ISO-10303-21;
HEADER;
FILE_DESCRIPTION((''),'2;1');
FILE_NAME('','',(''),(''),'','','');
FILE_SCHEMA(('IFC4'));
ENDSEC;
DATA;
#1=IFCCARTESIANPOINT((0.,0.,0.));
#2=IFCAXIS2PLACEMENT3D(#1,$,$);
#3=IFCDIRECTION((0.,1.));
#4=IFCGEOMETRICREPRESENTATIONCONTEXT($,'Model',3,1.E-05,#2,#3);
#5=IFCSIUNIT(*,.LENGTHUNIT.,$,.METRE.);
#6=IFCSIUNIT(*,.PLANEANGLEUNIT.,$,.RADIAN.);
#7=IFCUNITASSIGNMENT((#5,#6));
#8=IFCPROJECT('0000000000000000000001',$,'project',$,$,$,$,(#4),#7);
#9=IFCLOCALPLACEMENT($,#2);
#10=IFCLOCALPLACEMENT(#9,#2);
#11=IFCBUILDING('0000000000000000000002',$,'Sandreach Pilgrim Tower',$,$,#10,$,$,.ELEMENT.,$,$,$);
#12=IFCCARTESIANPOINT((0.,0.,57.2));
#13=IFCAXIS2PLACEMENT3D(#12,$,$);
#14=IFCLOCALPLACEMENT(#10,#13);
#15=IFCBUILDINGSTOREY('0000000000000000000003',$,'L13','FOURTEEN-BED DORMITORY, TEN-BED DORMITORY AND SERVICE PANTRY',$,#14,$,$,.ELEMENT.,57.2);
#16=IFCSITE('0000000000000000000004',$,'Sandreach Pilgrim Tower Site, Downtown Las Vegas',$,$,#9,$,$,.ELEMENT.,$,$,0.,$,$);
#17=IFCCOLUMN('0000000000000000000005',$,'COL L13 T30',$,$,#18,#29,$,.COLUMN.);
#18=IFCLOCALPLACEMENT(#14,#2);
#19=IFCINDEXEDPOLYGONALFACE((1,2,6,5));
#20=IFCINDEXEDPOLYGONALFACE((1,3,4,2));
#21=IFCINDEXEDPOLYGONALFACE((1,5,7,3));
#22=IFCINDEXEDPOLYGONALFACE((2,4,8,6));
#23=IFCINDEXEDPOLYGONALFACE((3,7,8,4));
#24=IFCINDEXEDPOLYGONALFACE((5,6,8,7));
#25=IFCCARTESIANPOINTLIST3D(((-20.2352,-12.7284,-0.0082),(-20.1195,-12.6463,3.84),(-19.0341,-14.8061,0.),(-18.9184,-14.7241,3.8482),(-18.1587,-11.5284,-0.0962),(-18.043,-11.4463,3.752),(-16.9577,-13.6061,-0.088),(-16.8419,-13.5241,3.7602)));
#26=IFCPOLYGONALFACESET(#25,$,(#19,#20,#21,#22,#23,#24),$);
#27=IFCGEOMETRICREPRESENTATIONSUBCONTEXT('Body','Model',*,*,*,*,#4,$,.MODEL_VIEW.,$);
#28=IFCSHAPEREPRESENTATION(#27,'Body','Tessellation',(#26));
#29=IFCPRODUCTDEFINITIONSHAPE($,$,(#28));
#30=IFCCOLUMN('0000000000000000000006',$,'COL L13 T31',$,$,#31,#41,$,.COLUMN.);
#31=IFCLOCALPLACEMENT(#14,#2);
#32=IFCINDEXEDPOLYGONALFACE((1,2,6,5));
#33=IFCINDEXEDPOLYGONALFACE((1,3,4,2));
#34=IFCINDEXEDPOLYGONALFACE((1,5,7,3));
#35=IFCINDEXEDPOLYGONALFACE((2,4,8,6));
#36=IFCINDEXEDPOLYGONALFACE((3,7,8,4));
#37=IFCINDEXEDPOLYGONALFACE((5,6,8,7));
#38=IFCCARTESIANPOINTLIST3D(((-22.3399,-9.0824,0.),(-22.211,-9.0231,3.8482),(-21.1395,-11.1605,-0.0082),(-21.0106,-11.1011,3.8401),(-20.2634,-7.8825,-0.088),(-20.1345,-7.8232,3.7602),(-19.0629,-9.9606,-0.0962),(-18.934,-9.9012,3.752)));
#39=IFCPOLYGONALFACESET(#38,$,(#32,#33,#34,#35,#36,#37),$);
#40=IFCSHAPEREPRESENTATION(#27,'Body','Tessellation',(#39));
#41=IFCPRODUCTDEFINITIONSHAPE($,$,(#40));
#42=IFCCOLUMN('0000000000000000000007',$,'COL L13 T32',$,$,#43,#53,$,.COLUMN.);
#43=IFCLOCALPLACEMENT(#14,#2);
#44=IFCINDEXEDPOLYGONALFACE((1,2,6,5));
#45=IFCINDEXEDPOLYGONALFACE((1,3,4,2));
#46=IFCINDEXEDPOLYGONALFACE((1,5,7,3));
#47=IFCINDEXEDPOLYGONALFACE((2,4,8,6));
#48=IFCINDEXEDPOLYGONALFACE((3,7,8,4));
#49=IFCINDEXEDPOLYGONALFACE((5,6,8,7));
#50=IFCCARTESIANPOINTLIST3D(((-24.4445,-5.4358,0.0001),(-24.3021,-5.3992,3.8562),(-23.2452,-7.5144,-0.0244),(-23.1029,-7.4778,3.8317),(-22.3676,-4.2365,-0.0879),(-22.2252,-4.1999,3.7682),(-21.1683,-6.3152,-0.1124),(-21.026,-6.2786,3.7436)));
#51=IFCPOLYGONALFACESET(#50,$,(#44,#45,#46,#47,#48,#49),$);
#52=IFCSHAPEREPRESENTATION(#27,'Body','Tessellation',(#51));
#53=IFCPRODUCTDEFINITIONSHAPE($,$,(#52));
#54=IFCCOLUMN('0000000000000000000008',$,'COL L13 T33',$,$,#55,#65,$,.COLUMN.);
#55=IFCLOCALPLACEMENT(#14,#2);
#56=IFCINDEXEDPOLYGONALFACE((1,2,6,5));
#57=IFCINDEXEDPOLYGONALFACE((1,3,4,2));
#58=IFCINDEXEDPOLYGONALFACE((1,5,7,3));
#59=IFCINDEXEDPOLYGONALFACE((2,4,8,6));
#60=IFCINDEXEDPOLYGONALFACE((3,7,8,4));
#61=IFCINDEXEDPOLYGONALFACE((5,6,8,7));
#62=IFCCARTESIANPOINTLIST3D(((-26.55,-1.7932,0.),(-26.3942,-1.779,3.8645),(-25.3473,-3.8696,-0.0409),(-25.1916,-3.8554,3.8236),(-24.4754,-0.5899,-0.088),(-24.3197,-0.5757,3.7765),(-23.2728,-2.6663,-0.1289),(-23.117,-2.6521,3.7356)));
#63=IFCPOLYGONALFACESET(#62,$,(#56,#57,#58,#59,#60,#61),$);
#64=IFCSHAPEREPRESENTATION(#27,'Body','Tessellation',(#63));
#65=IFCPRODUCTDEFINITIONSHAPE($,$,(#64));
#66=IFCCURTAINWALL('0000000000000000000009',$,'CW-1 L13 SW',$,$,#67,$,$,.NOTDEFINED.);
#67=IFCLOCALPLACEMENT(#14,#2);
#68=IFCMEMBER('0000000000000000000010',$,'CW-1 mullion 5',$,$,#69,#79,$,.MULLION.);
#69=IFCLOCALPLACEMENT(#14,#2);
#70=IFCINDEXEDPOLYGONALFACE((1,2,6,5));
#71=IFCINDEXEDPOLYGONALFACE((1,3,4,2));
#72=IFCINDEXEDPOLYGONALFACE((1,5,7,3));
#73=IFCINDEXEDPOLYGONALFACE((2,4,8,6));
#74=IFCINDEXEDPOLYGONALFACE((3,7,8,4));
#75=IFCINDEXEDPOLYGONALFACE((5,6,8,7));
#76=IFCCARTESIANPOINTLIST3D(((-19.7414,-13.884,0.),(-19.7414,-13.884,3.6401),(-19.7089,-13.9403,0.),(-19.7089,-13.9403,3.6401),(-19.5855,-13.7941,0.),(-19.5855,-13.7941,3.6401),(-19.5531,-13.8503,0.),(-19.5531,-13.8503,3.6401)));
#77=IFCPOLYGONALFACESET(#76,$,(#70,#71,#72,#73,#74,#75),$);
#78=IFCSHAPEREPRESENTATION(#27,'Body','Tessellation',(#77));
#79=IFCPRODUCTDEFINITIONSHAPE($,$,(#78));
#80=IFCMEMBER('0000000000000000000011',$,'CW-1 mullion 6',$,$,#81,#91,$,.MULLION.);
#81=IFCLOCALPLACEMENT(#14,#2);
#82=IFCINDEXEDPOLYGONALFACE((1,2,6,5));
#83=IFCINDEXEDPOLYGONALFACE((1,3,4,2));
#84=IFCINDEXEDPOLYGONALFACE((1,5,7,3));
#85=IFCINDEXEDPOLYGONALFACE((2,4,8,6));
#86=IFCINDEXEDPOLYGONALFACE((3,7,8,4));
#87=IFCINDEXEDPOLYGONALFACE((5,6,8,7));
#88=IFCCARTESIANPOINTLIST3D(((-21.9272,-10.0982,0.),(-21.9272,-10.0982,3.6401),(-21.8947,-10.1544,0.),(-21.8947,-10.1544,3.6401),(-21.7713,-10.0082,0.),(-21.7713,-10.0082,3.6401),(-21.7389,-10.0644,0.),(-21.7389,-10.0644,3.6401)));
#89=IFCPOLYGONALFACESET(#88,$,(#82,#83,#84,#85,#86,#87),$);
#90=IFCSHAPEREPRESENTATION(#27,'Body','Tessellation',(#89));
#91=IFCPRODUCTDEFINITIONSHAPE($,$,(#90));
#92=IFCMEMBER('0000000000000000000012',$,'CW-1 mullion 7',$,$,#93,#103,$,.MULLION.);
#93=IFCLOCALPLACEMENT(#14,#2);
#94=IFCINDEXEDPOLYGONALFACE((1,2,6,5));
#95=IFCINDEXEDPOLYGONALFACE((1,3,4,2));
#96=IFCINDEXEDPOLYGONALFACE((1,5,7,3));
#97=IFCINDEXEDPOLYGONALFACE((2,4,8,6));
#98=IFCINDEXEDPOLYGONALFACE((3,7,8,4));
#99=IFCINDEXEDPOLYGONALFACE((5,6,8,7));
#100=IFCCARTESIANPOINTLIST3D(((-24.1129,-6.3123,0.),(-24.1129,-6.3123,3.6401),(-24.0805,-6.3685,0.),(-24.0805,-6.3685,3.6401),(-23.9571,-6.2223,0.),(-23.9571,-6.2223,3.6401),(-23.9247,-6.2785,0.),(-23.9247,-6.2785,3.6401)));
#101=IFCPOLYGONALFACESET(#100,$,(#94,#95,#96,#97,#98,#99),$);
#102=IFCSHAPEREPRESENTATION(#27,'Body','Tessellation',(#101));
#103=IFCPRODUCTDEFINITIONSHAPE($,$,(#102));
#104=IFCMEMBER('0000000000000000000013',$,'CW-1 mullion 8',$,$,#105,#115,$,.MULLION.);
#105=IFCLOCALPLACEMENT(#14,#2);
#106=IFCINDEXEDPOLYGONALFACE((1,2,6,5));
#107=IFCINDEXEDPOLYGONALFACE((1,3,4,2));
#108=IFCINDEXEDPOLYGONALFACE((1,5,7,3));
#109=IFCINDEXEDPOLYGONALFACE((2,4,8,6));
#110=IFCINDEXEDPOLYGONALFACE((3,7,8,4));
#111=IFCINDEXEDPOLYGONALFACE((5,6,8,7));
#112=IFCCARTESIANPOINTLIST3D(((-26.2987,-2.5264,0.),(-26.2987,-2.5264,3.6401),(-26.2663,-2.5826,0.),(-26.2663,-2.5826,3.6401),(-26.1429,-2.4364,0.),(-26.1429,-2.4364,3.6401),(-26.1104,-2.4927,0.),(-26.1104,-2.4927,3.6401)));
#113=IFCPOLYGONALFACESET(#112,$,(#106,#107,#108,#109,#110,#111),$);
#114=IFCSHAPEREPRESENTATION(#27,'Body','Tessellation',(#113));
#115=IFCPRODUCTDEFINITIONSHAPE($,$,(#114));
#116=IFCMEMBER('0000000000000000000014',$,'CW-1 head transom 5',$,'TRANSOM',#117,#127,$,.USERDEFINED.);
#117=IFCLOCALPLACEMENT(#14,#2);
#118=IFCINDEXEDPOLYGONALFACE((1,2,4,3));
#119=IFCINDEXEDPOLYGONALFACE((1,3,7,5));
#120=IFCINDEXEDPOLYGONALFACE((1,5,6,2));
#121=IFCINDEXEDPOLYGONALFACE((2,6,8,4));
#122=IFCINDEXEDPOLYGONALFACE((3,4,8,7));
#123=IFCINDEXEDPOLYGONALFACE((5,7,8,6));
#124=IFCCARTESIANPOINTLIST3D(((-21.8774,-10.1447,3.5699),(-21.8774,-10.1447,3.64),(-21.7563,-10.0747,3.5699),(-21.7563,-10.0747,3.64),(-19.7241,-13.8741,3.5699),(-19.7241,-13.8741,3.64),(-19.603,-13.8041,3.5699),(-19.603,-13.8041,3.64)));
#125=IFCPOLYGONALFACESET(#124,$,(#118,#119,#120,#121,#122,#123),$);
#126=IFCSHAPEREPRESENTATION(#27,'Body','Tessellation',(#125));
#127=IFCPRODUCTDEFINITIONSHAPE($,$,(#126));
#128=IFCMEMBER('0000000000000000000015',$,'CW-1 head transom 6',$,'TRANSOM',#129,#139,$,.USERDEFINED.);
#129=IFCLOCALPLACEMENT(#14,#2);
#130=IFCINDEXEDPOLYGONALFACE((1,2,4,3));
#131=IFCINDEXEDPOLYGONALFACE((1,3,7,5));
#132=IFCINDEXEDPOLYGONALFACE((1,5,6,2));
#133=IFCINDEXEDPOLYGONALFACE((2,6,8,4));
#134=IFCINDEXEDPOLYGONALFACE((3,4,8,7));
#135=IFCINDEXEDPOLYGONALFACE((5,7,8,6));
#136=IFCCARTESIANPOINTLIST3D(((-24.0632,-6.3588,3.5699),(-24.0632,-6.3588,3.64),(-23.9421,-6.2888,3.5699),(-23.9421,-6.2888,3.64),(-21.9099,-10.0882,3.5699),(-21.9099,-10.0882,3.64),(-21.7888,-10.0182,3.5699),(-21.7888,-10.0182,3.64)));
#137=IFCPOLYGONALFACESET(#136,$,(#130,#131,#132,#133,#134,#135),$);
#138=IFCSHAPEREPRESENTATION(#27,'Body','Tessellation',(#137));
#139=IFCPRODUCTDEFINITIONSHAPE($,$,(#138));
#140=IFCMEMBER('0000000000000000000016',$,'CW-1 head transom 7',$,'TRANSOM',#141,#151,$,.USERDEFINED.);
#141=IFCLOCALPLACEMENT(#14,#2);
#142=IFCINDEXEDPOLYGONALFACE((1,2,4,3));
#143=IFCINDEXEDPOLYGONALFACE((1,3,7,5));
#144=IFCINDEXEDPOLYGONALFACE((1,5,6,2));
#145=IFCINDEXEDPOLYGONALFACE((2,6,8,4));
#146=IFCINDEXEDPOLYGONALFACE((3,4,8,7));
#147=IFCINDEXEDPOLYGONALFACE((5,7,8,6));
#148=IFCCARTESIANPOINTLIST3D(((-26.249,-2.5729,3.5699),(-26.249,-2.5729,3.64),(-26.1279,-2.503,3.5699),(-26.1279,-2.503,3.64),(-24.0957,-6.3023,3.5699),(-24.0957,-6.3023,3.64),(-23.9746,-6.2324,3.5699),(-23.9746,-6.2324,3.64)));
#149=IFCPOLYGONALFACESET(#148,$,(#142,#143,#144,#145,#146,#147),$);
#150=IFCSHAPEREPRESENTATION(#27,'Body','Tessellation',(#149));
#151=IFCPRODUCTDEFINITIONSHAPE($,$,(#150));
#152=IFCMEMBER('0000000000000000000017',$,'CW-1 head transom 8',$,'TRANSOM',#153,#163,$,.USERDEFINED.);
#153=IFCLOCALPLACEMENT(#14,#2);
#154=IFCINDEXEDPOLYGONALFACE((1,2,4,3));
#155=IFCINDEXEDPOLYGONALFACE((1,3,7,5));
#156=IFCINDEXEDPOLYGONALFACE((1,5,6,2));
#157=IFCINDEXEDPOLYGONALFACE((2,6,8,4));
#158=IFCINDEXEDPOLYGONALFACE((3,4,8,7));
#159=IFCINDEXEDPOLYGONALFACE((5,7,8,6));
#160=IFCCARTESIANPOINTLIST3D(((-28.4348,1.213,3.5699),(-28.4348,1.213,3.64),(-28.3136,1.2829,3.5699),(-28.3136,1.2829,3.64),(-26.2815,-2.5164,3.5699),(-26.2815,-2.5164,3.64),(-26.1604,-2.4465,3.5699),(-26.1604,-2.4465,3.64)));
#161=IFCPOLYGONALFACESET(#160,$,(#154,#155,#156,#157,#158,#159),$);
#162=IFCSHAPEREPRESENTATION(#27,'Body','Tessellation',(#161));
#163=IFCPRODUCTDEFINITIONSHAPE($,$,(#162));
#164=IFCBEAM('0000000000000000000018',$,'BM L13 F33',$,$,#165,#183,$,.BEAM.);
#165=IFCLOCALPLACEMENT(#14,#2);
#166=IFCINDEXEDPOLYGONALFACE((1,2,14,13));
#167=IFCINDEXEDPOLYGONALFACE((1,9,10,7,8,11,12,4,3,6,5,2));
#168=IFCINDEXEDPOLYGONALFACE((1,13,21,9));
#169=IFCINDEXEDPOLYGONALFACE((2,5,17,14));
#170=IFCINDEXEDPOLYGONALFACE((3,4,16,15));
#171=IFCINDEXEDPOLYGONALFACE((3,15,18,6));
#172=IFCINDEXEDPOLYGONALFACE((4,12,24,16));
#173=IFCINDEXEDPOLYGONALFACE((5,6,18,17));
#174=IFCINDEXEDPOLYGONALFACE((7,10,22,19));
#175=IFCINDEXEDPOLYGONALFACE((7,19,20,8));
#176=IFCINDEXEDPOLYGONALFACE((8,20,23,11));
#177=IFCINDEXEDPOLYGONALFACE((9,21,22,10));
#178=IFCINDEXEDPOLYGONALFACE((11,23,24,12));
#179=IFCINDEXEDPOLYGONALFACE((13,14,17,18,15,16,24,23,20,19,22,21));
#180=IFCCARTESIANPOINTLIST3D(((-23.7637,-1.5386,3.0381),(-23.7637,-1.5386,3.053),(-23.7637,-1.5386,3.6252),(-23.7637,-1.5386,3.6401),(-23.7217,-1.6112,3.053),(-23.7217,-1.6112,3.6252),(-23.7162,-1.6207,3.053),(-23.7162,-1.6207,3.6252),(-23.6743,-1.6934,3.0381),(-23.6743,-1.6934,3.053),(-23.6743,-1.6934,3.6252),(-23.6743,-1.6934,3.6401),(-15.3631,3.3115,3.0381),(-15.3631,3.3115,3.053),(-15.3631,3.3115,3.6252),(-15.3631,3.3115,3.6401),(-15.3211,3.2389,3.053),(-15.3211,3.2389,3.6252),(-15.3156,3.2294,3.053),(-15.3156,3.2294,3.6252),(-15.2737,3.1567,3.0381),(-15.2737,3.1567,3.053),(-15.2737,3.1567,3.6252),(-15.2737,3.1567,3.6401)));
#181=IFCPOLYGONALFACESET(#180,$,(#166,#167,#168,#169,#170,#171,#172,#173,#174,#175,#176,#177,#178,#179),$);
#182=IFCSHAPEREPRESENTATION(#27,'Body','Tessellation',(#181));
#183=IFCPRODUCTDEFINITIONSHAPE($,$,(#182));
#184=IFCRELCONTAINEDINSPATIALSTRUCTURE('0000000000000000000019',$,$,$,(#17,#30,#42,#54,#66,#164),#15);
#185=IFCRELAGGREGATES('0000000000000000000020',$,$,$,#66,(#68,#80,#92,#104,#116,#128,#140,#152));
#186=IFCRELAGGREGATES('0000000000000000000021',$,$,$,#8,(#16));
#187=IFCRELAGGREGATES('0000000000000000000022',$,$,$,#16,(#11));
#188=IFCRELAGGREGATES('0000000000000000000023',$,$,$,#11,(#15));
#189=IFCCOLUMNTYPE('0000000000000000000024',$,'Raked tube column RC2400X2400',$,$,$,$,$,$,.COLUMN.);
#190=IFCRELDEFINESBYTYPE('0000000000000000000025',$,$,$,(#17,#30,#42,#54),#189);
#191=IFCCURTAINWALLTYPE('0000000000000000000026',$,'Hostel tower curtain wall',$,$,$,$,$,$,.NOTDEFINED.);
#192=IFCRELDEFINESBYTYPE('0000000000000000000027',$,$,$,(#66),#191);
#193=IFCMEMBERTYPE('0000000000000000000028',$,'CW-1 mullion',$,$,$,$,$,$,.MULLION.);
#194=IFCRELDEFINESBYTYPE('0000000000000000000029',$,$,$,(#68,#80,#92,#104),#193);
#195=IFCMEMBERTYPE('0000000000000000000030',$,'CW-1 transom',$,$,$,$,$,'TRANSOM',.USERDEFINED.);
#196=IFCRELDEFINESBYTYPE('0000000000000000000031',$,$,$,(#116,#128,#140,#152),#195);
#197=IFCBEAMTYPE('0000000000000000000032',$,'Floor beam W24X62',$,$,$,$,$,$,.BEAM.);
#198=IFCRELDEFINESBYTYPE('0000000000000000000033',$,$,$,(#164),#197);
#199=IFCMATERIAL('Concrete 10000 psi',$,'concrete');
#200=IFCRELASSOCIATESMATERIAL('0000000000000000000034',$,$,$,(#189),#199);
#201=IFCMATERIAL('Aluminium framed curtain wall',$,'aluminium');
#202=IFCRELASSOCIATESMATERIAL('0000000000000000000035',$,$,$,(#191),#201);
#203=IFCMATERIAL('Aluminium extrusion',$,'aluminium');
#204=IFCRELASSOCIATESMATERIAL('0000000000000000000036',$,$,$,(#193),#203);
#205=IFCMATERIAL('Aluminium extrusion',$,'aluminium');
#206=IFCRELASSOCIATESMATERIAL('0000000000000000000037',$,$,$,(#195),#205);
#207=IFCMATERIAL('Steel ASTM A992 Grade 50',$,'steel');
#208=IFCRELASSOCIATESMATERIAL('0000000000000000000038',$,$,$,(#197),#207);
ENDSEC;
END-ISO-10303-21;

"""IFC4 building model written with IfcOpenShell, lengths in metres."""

from ifc_helpers import new_model, si_unit, direction, frame, origin, origin_2d, place, context, subcontext, project, spatial, rectangle, i_section, extrude, material, material_profile, profile_set, type_object, element, aggregate, save


model = new_model("IFC4")

# Units and contexts
model_context = context("Model", 3, precision=1e-05, world=origin(), true_north=direction((0.0, 1.0)))
body_context = subcontext(model_context, "Body", "Model", "MODEL_VIEW")
ifc_project = project(units=[si_unit("LENGTHUNIT", "METRE"), si_unit("PLANEANGLEUNIT", "RADIAN")], contexts=[model_context])

# Site, building, storey
site_placement = place(None, origin())
site = spatial("IfcSite", under=ifc_project, at=site_placement, Name="Sandreach Pilgrim Tower Site, Downtown Las Vegas", CompositionType="ELEMENT", RefElevation=0.0)
building_placement = place(site_placement, origin())
building = spatial("IfcBuilding", under=site, at=building_placement, Name="Sandreach Pilgrim Tower", CompositionType="ELEMENT")
storey_placement = place(building_placement, frame((0.0, 0.0, 57.2)))
storey = spatial("IfcBuildingStorey", under=building, at=storey_placement, Name="L13", Description="FOURTEEN-BED DORMITORY, TEN-BED DORMITORY AND SERVICE PANTRY", CompositionType="ELEMENT", Elevation=57.2)

# Columns
ifc_material_1 = material(Name="Concrete 10000 psi", Category="concrete")
ifc_material_profile_1 = material_profile(ifc_material_1, rectangle(XDim=2.3999, YDim=2.3999, at=origin_2d()), Name="RC2400X2400")
ifc_profile_set_1 = profile_set([ifc_material_profile_1], Name="Concrete 10000 psi")
column_type = type_object("IfcColumnType", Name="Raked tube column RC2400X2400", PredefinedType="COLUMN", material=ifc_profile_set_1)
for number, where, z_axis, x_axis, name in (
    (1, (-18.5964, -13.1672, -0.0481), (0.030052, 0.021303, 0.999321), (-0.865236, -0.500021, 0.036679), "COL L13 T30"),
    (2, (-20.7014, -9.5215, -0.0481), (0.033476, 0.015406, 0.999321), (-0.865261, -0.499978, 0.036693), "COL L13 T31"),
):
    element("IfcColumn", number, at=place(storey_placement, frame(where, z_axis=z_axis, x_axis=x_axis)), inside=storey, type_object=column_type, Name=name, PredefinedType="COLUMN", context=body_context, shape_type="SweptSolid", body=[
        extrude(rectangle(XDim=2.3999, YDim=2.3999, at=origin_2d()), origin(), (0.0, 0.0, 1.0), 3.8508),
    ])
column_1_placement = place(storey_placement, frame((-22.8064, -5.8755, -0.0562), z_axis=(0.036884, 0.00949, 0.999275), x_axis=(-0.865412, -0.499716, 0.036688)))
element("IfcColumn", 3, at=column_1_placement, inside=storey, type_object=column_type, Name="COL L13 T32", PredefinedType="COLUMN", context=body_context, shape_type="SweptSolid", body=[
    extrude(rectangle(XDim=2.3999, YDim=2.3999, at=origin_2d()), origin(), (0.0, 0.0, 1.0), 3.8589),
])
column_2_placement = place(storey_placement, frame((-24.9114, -2.2297, -0.0645), z_axis=(0.040273, 0.003661, 0.999182), x_axis=(-0.864431, -0.501412, 0.036679)))
element("IfcColumn", 4, at=column_2_placement, inside=storey, type_object=column_type, Name="COL L13 T33", PredefinedType="COLUMN", context=body_context, shape_type="SweptSolid", body=[
    extrude(rectangle(XDim=2.3999, YDim=2.3999, at=origin_2d()), origin(), (0.0, 0.0, 1.0), 3.8677),
])

# Curtain wall, members
ifc_material_2 = material(Name="Aluminium framed curtain wall", Category="aluminium")
curtain_wall_type = type_object("IfcCurtainWallType", Name="Hostel tower curtain wall", PredefinedType="NOTDEFINED", material=ifc_material_2)
curtain_wall_placement = place(storey_placement, origin())
curtain_wall = element("IfcCurtainWall", 5, at=curtain_wall_placement, inside=storey, type_object=curtain_wall_type, Name="CW-1 L13 SW", PredefinedType="NOTDEFINED")
ifc_material_3 = material(Name="Aluminium extrusion", Category="aluminium")
ifc_material_profile_2 = material_profile(ifc_material_3, rectangle(XDim=0.0649, YDim=0.1799, at=origin_2d()), Name="CW-1M 65X180")
ifc_profile_set_2 = profile_set([ifc_material_profile_2], Name="Aluminium extrusion")
member_type_1 = type_object("IfcMemberType", Name="CW-1 mullion", PredefinedType="MULLION", material=ifc_profile_set_2)
member_1_placement = place(storey_placement, frame((-19.6472, -13.8672, 0.0), z_axis=(0.0, 0.0, 1.0), x_axis=(-0.5, 0.866025, 0.0)))
member_1 = element("IfcMember", 6, at=member_1_placement, type_object=member_type_1, Name="CW-1 mullion 5", PredefinedType="MULLION", context=body_context, shape_type="SweptSolid", body=[
    extrude(rectangle(XDim=0.0649, YDim=0.1799, at=origin_2d()), origin(), (0.0, 0.0, 1.0), 3.6401),
])
member_2_placement = place(storey_placement, frame((-21.833, -10.0813, 0.0), z_axis=(0.0, 0.0, 1.0), x_axis=(-0.5, 0.866025, 0.0)))
member_2 = element("IfcMember", 7, at=member_2_placement, type_object=member_type_1, Name="CW-1 mullion 6", PredefinedType="MULLION", context=body_context, shape_type="SweptSolid", body=[
    extrude(rectangle(XDim=0.0649, YDim=0.1799, at=origin_2d()), origin(), (0.0, 0.0, 1.0), 3.6401),
])
member_3_placement = place(storey_placement, frame((-24.0188, -6.2954, 0.0), z_axis=(0.0, 0.0, 1.0), x_axis=(-0.5, 0.866025, 0.0)))
member_3 = element("IfcMember", 8, at=member_3_placement, type_object=member_type_1, Name="CW-1 mullion 7", PredefinedType="MULLION", context=body_context, shape_type="SweptSolid", body=[
    extrude(rectangle(XDim=0.0649, YDim=0.1799, at=origin_2d()), origin(), (0.0, 0.0, 1.0), 3.6401),
])
member_4_placement = place(storey_placement, frame((-26.2046, -2.5095, 0.0), z_axis=(0.0, 0.0, 1.0), x_axis=(-0.5, 0.866025, 0.0)))
member_4 = element("IfcMember", 9, at=member_4_placement, type_object=member_type_1, Name="CW-1 mullion 8", PredefinedType="MULLION", context=body_context, shape_type="SweptSolid", body=[
    extrude(rectangle(XDim=0.0649, YDim=0.1799, at=origin_2d()), origin(), (0.0, 0.0, 1.0), 3.6401),
])
ifc_material_4 = material(Name="Aluminium extrusion", Category="aluminium")
ifc_material_profile_3 = material_profile(ifc_material_4, rectangle(XDim=0.1399, YDim=0.0701, at=origin_2d()), Name="CW-1T 140X70")
ifc_profile_set_3 = profile_set([ifc_material_profile_3], Name="Aluminium extrusion")
member_type_2 = type_object("IfcMemberType", Name="CW-1 transom", ElementType="TRANSOM", PredefinedType="USERDEFINED", material=ifc_profile_set_3)
member_5_placement = place(storey_placement, frame((-19.6636, -13.8391, 3.605), z_axis=(-0.500017, 0.866016, 0.0), x_axis=(-0.866016, -0.500017, 0.0)))
member_5 = element("IfcMember", 10, at=member_5_placement, type_object=member_type_2, Name="CW-1 head transom 5", ObjectType="TRANSOM", PredefinedType="USERDEFINED", context=body_context, shape_type="SweptSolid", body=[
    extrude(rectangle(XDim=0.1399, YDim=0.0701, at=origin_2d()), origin(), (0.0, 0.0, 1.0), 4.3064),
])
member_6_placement = place(storey_placement, frame((-21.8494, -10.0532, 3.605), z_axis=(-0.500017, 0.866016, 0.0), x_axis=(-0.866016, -0.500017, 0.0)))
member_6 = element("IfcMember", 11, at=member_6_placement, type_object=member_type_2, Name="CW-1 head transom 6", ObjectType="TRANSOM", PredefinedType="USERDEFINED", context=body_context, shape_type="SweptSolid", body=[
    extrude(rectangle(XDim=0.1399, YDim=0.0701, at=origin_2d()), origin(), (0.0, 0.0, 1.0), 4.3064),
])
member_7_placement = place(storey_placement, frame((-24.0352, -6.2673, 3.605), z_axis=(-0.500017, 0.866016, 0.0), x_axis=(-0.866016, -0.500017, 0.0)))
member_7 = element("IfcMember", 12, at=member_7_placement, type_object=member_type_2, Name="CW-1 head transom 7", ObjectType="TRANSOM", PredefinedType="USERDEFINED", context=body_context, shape_type="SweptSolid", body=[
    extrude(rectangle(XDim=0.1399, YDim=0.0701, at=origin_2d()), origin(), (0.0, 0.0, 1.0), 4.3064),
])
member_8_placement = place(storey_placement, frame((-26.2209, -2.4814, 3.605), z_axis=(-0.500017, 0.866016, 0.0), x_axis=(-0.866016, -0.500017, 0.0)))
member_8 = element("IfcMember", 13, at=member_8_placement, type_object=member_type_2, Name="CW-1 head transom 8", ObjectType="TRANSOM", PredefinedType="USERDEFINED", context=body_context, shape_type="SweptSolid", body=[
    extrude(rectangle(XDim=0.1399, YDim=0.0701, at=origin_2d()), origin(), (0.0, 0.0, 1.0), 4.3064),
])

# Beam
ifc_material_5 = material(Name="Steel ASTM A992 Grade 50", Category="steel")
ifc_material_profile_4 = material_profile(ifc_material_5, i_section(OverallWidth=0.1787, OverallDepth=0.6021, WebThickness=0.011, FlangeThickness=0.0149, at=origin_2d()), Name="W24X62")
ifc_profile_set_4 = profile_set([ifc_material_profile_4], Name="Steel ASTM A992 Grade 50")
beam_type_1 = type_object("IfcBeamType", Name="Floor beam W24X62", PredefinedType="BEAM", material=ifc_profile_set_4)
beam_1_placement = place(storey_placement, frame((-23.719, -1.616, 3.3391), z_axis=(0.866026, 0.499999, 0.0), x_axis=(-0.499999, 0.866026, 0.0)))
element("IfcBeam", 14, at=beam_1_placement, inside=storey, type_object=beam_type_1, Name="BM L13 F33", PredefinedType="BEAM", context=body_context, shape_type="SweptSolid", body=[
    extrude(i_section(OverallWidth=0.1787, OverallDepth=0.6021, WebThickness=0.011, FlangeThickness=0.0149, at=origin_2d()), origin(), (0.0, 0.0, 1.0), 9.7002),
])

aggregate(curtain_wall, [member_1, member_2, member_3, member_4, member_5, member_6, member_7, member_8])

save(model, "model.ifc")
